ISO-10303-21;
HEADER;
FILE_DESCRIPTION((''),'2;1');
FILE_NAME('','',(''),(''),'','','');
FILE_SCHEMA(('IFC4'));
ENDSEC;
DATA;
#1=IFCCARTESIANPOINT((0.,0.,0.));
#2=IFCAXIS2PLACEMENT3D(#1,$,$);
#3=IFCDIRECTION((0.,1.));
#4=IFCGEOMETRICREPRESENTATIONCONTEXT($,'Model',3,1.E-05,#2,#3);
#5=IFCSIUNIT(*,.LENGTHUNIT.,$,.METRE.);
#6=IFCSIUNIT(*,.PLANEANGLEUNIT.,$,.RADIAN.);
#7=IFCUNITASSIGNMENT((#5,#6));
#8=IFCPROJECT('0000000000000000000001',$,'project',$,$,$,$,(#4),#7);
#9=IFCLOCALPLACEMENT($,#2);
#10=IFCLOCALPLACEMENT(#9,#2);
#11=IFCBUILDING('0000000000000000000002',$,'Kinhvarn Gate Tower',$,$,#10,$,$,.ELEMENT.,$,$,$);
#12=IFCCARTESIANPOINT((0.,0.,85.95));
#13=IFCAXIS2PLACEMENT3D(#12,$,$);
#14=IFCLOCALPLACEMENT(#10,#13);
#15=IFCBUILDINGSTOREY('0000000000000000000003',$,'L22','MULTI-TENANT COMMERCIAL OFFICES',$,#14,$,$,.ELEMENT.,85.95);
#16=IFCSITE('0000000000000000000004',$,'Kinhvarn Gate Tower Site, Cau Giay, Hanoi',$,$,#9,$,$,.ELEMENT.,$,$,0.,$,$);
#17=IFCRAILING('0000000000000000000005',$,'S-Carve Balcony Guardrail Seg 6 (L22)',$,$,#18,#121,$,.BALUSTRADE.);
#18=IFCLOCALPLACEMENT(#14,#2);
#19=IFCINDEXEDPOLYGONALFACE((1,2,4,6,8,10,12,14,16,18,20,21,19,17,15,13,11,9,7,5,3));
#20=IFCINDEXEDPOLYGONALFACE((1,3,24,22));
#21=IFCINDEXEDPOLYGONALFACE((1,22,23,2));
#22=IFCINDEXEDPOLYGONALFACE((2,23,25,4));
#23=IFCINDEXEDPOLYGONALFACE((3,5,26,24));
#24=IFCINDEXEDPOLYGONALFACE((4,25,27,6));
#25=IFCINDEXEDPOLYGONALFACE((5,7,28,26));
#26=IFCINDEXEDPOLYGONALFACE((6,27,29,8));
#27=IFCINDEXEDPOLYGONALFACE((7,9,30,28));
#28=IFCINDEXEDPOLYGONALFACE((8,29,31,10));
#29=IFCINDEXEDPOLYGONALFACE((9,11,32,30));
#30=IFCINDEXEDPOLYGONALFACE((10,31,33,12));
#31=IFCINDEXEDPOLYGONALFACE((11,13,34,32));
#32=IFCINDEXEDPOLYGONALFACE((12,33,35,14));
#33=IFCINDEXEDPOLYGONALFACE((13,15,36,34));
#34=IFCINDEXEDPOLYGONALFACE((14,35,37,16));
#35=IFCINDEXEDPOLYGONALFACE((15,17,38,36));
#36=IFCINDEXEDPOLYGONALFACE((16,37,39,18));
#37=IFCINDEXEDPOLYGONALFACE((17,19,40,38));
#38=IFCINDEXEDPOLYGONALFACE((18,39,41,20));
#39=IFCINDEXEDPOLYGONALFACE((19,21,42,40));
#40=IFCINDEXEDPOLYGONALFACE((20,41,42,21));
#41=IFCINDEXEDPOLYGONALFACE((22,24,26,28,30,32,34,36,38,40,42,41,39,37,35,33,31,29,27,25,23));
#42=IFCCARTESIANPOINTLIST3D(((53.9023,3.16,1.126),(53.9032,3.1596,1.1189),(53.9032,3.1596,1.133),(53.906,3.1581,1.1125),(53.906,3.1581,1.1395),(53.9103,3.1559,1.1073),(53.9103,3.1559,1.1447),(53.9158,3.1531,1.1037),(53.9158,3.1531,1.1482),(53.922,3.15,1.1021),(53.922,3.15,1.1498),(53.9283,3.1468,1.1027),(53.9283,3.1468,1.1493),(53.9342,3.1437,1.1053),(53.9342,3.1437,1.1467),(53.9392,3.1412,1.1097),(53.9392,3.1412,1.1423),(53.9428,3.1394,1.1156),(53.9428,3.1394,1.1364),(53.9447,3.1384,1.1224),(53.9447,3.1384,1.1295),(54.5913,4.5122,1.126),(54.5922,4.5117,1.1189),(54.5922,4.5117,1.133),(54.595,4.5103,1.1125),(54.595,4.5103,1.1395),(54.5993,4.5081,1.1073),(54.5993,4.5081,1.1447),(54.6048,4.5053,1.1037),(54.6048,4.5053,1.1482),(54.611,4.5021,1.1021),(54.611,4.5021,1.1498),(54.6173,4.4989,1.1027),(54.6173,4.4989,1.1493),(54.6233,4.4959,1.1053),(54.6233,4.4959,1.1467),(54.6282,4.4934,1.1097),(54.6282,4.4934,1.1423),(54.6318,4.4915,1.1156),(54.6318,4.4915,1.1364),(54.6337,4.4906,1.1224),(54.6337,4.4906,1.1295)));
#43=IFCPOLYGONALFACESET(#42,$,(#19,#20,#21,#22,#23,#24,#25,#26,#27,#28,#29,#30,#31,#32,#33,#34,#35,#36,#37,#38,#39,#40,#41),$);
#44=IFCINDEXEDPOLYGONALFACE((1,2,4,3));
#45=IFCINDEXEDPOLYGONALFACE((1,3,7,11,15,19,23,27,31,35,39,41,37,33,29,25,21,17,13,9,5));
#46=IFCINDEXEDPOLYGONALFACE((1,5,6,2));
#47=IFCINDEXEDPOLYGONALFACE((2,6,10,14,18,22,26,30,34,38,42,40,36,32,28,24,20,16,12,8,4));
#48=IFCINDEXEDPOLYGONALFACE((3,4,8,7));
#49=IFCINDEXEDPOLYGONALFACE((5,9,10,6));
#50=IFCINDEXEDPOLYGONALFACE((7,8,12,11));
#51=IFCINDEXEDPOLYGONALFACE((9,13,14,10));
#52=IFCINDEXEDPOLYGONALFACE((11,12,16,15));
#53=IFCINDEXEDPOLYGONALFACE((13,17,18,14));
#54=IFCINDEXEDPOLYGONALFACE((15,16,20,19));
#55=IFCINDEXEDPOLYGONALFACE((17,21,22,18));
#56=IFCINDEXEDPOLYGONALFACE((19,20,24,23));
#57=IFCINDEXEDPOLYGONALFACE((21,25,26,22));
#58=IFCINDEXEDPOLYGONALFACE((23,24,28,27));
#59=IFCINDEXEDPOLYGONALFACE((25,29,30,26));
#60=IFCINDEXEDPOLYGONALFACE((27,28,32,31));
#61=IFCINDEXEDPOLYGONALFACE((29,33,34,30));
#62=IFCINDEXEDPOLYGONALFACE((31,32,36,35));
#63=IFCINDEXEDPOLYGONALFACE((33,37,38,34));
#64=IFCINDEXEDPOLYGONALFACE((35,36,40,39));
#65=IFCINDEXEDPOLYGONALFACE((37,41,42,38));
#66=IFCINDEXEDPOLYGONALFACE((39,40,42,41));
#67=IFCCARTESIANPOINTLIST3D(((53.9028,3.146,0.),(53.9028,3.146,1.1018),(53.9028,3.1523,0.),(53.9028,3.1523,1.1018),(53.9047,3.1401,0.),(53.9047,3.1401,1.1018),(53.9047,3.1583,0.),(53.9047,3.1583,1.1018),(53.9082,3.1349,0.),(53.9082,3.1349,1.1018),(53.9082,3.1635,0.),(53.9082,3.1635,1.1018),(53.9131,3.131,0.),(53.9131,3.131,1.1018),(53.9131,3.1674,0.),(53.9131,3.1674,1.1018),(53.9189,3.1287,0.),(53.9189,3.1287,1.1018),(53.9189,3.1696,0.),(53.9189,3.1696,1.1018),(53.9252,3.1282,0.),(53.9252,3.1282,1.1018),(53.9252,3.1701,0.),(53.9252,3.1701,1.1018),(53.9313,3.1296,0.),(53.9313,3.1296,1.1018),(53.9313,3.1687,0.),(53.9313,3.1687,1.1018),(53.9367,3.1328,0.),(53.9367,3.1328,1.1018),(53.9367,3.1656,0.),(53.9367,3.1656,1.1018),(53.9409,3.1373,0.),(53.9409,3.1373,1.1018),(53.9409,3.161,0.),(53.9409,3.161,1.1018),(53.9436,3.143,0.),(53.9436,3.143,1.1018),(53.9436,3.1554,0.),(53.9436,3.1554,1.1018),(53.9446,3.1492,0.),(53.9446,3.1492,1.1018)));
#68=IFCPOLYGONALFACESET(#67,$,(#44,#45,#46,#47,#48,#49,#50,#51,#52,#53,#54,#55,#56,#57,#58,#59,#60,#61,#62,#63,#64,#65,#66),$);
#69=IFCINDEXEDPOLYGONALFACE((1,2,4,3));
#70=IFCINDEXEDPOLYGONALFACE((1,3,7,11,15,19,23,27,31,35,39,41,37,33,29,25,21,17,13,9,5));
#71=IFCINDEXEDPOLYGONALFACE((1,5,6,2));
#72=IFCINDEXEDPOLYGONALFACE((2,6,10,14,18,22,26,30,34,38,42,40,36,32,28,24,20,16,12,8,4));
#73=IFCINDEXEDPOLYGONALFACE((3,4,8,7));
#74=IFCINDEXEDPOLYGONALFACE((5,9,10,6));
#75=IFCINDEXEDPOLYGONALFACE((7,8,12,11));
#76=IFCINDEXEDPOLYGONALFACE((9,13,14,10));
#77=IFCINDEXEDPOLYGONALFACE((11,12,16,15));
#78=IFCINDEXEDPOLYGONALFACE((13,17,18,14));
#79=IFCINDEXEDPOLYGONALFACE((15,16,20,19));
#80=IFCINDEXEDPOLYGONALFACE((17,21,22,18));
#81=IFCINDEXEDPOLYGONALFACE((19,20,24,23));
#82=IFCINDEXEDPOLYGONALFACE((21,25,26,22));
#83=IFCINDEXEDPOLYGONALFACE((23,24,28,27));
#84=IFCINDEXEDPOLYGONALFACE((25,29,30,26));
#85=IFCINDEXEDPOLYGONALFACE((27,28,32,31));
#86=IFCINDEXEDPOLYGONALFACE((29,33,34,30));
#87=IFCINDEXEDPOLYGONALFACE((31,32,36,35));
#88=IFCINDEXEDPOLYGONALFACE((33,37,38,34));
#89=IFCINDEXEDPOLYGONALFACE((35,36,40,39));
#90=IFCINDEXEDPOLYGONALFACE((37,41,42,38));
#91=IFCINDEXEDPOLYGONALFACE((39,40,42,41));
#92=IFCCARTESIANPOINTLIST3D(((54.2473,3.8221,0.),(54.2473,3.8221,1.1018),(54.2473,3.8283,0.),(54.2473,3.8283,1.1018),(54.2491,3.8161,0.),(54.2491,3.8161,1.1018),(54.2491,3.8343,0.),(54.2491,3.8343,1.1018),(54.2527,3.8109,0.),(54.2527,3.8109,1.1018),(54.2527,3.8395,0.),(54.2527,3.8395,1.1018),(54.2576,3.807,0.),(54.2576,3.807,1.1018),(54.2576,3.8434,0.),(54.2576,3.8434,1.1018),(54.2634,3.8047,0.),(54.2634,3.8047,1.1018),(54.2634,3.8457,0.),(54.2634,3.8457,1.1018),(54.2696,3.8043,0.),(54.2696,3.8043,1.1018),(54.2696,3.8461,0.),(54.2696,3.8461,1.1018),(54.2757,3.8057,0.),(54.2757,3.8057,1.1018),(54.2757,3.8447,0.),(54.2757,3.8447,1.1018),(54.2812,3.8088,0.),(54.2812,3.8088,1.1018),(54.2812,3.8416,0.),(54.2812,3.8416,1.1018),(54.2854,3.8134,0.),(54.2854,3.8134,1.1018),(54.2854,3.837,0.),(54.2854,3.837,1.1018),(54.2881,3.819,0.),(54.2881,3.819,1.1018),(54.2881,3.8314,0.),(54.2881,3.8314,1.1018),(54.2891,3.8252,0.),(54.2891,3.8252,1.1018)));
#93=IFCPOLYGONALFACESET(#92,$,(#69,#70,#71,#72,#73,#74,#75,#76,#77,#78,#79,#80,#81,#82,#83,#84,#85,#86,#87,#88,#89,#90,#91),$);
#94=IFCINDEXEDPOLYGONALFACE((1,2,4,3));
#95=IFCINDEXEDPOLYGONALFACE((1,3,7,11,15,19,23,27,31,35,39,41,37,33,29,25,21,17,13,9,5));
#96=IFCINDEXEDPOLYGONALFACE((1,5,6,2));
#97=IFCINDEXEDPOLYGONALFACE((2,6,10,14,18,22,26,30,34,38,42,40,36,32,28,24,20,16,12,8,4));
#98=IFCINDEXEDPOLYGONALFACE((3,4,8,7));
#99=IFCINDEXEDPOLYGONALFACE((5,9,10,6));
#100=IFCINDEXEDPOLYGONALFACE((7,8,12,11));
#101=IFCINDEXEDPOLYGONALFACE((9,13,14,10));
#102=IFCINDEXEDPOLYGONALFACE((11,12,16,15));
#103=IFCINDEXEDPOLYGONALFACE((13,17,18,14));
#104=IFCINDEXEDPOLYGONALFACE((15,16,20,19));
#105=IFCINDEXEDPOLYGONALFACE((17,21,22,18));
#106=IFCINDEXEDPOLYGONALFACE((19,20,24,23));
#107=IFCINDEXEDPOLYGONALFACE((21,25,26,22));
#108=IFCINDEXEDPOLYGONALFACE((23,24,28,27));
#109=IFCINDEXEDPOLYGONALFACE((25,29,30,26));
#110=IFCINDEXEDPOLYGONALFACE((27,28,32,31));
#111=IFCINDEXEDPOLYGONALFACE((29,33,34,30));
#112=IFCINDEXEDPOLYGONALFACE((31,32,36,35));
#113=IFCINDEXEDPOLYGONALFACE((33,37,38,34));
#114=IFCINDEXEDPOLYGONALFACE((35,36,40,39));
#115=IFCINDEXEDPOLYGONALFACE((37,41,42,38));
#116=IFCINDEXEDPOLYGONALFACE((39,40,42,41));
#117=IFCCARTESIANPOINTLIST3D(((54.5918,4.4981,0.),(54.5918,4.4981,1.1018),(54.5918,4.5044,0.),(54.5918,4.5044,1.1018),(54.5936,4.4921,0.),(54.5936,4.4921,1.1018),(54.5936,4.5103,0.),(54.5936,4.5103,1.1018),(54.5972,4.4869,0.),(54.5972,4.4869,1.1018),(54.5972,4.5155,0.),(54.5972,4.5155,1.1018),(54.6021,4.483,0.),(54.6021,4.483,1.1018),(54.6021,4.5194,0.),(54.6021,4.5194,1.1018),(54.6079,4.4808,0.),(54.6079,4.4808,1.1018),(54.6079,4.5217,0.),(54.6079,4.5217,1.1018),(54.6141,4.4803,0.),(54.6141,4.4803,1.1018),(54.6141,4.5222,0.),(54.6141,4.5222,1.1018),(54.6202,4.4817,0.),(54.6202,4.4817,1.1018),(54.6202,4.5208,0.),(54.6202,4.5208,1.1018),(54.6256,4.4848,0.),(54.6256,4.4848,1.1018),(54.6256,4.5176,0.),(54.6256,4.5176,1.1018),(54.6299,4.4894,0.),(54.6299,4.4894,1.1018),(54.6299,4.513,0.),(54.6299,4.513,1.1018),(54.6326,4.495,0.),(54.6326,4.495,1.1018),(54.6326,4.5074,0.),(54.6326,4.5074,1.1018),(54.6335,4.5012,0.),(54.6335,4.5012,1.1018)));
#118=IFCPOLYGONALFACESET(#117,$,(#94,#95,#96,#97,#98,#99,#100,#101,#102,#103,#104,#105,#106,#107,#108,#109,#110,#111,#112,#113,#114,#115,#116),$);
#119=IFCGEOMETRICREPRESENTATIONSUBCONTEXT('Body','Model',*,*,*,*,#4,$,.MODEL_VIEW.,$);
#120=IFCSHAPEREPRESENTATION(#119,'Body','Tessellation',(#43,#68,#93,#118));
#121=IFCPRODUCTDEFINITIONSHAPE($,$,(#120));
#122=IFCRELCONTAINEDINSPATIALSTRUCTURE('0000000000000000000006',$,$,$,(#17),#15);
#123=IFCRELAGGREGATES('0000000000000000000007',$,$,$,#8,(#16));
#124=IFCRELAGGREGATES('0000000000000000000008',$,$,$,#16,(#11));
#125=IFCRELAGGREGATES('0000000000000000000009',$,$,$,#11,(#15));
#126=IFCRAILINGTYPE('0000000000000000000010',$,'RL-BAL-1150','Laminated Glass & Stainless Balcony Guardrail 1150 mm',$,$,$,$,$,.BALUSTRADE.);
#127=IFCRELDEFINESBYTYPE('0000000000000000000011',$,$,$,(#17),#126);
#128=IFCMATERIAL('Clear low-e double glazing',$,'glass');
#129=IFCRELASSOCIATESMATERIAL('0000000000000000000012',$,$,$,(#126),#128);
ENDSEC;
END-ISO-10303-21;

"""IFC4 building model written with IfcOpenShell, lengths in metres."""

from ifc_helpers import new_model, si_unit, direction, frame, origin, origin_2d, place, context, subcontext, project, spatial, circle, extrude, material, type_object, element, save


model = new_model("IFC4")

# Units and contexts
model_context = context("Model", 3, precision=1e-05, world=origin(), true_north=direction((0.0, 1.0)))
body_context = subcontext(model_context, "Body", "Model", "MODEL_VIEW")
ifc_project = project(units=[si_unit("LENGTHUNIT", "METRE"), si_unit("PLANEANGLEUNIT", "RADIAN")], contexts=[model_context])

# Site, building, storey
site_placement = place(None, origin())
site = spatial("IfcSite", under=ifc_project, at=site_placement, Name="Kinhvarn Gate Tower Site, Cau Giay, Hanoi", CompositionType="ELEMENT", RefElevation=0.0)
building_placement = place(site_placement, origin())
building = spatial("IfcBuilding", under=site, at=building_placement, Name="Kinhvarn Gate Tower", CompositionType="ELEMENT")
storey_placement = place(building_placement, frame((0.0, 0.0, 85.95)))
storey = spatial("IfcBuildingStorey", under=building, at=storey_placement, Name="L22", Description="MULTI-TENANT COMMERCIAL OFFICES", CompositionType="ELEMENT", Elevation=85.95)

# Shared definitions
ifc_material_1 = material(Name="Clear low-e double glazing", Category="glass")

# Railing
railing_type = type_object("IfcRailingType", Name="RL-BAL-1150", Description="Laminated Glass & Stainless Balcony Guardrail 1150 mm", PredefinedType="BALUSTRADE", material=ifc_material_1)
railing_1_placement = place(storey_placement, frame((53.9236, 3.1492, 0.0)))
element("IfcRailing", 1, at=railing_1_placement, inside=storey, type_object=railing_type, Name="S-Carve Balcony Guardrail Seg 6 (L22)", PredefinedType="BALUSTRADE", context=body_context, shape_type="SweptSolid", body=[
    extrude(circle(Radius=0.0239, at=origin_2d()), frame((0.0, 0.0, 1.126), z_axis=(0.454022, 0.89099, 0.0), x_axis=(-0.89099, 0.454022, 0.0)), (0.0, 0.0, 1.0), 1.5176),
    extrude(circle(Radius=0.021, at=origin_2d()), origin(), (0.0, 0.0, 1.0), 1.1018),
    extrude(circle(Radius=0.021, at=origin_2d()), frame((0.3445, 0.676, 0.0)), (0.0, 0.0, 1.0), 1.1018),
    extrude(circle(Radius=0.021, at=origin_2d()), frame((0.689, 1.3521, 0.0)), (0.0, 0.0, 1.0), 1.1018),
])

save(model, "model.ifc")
